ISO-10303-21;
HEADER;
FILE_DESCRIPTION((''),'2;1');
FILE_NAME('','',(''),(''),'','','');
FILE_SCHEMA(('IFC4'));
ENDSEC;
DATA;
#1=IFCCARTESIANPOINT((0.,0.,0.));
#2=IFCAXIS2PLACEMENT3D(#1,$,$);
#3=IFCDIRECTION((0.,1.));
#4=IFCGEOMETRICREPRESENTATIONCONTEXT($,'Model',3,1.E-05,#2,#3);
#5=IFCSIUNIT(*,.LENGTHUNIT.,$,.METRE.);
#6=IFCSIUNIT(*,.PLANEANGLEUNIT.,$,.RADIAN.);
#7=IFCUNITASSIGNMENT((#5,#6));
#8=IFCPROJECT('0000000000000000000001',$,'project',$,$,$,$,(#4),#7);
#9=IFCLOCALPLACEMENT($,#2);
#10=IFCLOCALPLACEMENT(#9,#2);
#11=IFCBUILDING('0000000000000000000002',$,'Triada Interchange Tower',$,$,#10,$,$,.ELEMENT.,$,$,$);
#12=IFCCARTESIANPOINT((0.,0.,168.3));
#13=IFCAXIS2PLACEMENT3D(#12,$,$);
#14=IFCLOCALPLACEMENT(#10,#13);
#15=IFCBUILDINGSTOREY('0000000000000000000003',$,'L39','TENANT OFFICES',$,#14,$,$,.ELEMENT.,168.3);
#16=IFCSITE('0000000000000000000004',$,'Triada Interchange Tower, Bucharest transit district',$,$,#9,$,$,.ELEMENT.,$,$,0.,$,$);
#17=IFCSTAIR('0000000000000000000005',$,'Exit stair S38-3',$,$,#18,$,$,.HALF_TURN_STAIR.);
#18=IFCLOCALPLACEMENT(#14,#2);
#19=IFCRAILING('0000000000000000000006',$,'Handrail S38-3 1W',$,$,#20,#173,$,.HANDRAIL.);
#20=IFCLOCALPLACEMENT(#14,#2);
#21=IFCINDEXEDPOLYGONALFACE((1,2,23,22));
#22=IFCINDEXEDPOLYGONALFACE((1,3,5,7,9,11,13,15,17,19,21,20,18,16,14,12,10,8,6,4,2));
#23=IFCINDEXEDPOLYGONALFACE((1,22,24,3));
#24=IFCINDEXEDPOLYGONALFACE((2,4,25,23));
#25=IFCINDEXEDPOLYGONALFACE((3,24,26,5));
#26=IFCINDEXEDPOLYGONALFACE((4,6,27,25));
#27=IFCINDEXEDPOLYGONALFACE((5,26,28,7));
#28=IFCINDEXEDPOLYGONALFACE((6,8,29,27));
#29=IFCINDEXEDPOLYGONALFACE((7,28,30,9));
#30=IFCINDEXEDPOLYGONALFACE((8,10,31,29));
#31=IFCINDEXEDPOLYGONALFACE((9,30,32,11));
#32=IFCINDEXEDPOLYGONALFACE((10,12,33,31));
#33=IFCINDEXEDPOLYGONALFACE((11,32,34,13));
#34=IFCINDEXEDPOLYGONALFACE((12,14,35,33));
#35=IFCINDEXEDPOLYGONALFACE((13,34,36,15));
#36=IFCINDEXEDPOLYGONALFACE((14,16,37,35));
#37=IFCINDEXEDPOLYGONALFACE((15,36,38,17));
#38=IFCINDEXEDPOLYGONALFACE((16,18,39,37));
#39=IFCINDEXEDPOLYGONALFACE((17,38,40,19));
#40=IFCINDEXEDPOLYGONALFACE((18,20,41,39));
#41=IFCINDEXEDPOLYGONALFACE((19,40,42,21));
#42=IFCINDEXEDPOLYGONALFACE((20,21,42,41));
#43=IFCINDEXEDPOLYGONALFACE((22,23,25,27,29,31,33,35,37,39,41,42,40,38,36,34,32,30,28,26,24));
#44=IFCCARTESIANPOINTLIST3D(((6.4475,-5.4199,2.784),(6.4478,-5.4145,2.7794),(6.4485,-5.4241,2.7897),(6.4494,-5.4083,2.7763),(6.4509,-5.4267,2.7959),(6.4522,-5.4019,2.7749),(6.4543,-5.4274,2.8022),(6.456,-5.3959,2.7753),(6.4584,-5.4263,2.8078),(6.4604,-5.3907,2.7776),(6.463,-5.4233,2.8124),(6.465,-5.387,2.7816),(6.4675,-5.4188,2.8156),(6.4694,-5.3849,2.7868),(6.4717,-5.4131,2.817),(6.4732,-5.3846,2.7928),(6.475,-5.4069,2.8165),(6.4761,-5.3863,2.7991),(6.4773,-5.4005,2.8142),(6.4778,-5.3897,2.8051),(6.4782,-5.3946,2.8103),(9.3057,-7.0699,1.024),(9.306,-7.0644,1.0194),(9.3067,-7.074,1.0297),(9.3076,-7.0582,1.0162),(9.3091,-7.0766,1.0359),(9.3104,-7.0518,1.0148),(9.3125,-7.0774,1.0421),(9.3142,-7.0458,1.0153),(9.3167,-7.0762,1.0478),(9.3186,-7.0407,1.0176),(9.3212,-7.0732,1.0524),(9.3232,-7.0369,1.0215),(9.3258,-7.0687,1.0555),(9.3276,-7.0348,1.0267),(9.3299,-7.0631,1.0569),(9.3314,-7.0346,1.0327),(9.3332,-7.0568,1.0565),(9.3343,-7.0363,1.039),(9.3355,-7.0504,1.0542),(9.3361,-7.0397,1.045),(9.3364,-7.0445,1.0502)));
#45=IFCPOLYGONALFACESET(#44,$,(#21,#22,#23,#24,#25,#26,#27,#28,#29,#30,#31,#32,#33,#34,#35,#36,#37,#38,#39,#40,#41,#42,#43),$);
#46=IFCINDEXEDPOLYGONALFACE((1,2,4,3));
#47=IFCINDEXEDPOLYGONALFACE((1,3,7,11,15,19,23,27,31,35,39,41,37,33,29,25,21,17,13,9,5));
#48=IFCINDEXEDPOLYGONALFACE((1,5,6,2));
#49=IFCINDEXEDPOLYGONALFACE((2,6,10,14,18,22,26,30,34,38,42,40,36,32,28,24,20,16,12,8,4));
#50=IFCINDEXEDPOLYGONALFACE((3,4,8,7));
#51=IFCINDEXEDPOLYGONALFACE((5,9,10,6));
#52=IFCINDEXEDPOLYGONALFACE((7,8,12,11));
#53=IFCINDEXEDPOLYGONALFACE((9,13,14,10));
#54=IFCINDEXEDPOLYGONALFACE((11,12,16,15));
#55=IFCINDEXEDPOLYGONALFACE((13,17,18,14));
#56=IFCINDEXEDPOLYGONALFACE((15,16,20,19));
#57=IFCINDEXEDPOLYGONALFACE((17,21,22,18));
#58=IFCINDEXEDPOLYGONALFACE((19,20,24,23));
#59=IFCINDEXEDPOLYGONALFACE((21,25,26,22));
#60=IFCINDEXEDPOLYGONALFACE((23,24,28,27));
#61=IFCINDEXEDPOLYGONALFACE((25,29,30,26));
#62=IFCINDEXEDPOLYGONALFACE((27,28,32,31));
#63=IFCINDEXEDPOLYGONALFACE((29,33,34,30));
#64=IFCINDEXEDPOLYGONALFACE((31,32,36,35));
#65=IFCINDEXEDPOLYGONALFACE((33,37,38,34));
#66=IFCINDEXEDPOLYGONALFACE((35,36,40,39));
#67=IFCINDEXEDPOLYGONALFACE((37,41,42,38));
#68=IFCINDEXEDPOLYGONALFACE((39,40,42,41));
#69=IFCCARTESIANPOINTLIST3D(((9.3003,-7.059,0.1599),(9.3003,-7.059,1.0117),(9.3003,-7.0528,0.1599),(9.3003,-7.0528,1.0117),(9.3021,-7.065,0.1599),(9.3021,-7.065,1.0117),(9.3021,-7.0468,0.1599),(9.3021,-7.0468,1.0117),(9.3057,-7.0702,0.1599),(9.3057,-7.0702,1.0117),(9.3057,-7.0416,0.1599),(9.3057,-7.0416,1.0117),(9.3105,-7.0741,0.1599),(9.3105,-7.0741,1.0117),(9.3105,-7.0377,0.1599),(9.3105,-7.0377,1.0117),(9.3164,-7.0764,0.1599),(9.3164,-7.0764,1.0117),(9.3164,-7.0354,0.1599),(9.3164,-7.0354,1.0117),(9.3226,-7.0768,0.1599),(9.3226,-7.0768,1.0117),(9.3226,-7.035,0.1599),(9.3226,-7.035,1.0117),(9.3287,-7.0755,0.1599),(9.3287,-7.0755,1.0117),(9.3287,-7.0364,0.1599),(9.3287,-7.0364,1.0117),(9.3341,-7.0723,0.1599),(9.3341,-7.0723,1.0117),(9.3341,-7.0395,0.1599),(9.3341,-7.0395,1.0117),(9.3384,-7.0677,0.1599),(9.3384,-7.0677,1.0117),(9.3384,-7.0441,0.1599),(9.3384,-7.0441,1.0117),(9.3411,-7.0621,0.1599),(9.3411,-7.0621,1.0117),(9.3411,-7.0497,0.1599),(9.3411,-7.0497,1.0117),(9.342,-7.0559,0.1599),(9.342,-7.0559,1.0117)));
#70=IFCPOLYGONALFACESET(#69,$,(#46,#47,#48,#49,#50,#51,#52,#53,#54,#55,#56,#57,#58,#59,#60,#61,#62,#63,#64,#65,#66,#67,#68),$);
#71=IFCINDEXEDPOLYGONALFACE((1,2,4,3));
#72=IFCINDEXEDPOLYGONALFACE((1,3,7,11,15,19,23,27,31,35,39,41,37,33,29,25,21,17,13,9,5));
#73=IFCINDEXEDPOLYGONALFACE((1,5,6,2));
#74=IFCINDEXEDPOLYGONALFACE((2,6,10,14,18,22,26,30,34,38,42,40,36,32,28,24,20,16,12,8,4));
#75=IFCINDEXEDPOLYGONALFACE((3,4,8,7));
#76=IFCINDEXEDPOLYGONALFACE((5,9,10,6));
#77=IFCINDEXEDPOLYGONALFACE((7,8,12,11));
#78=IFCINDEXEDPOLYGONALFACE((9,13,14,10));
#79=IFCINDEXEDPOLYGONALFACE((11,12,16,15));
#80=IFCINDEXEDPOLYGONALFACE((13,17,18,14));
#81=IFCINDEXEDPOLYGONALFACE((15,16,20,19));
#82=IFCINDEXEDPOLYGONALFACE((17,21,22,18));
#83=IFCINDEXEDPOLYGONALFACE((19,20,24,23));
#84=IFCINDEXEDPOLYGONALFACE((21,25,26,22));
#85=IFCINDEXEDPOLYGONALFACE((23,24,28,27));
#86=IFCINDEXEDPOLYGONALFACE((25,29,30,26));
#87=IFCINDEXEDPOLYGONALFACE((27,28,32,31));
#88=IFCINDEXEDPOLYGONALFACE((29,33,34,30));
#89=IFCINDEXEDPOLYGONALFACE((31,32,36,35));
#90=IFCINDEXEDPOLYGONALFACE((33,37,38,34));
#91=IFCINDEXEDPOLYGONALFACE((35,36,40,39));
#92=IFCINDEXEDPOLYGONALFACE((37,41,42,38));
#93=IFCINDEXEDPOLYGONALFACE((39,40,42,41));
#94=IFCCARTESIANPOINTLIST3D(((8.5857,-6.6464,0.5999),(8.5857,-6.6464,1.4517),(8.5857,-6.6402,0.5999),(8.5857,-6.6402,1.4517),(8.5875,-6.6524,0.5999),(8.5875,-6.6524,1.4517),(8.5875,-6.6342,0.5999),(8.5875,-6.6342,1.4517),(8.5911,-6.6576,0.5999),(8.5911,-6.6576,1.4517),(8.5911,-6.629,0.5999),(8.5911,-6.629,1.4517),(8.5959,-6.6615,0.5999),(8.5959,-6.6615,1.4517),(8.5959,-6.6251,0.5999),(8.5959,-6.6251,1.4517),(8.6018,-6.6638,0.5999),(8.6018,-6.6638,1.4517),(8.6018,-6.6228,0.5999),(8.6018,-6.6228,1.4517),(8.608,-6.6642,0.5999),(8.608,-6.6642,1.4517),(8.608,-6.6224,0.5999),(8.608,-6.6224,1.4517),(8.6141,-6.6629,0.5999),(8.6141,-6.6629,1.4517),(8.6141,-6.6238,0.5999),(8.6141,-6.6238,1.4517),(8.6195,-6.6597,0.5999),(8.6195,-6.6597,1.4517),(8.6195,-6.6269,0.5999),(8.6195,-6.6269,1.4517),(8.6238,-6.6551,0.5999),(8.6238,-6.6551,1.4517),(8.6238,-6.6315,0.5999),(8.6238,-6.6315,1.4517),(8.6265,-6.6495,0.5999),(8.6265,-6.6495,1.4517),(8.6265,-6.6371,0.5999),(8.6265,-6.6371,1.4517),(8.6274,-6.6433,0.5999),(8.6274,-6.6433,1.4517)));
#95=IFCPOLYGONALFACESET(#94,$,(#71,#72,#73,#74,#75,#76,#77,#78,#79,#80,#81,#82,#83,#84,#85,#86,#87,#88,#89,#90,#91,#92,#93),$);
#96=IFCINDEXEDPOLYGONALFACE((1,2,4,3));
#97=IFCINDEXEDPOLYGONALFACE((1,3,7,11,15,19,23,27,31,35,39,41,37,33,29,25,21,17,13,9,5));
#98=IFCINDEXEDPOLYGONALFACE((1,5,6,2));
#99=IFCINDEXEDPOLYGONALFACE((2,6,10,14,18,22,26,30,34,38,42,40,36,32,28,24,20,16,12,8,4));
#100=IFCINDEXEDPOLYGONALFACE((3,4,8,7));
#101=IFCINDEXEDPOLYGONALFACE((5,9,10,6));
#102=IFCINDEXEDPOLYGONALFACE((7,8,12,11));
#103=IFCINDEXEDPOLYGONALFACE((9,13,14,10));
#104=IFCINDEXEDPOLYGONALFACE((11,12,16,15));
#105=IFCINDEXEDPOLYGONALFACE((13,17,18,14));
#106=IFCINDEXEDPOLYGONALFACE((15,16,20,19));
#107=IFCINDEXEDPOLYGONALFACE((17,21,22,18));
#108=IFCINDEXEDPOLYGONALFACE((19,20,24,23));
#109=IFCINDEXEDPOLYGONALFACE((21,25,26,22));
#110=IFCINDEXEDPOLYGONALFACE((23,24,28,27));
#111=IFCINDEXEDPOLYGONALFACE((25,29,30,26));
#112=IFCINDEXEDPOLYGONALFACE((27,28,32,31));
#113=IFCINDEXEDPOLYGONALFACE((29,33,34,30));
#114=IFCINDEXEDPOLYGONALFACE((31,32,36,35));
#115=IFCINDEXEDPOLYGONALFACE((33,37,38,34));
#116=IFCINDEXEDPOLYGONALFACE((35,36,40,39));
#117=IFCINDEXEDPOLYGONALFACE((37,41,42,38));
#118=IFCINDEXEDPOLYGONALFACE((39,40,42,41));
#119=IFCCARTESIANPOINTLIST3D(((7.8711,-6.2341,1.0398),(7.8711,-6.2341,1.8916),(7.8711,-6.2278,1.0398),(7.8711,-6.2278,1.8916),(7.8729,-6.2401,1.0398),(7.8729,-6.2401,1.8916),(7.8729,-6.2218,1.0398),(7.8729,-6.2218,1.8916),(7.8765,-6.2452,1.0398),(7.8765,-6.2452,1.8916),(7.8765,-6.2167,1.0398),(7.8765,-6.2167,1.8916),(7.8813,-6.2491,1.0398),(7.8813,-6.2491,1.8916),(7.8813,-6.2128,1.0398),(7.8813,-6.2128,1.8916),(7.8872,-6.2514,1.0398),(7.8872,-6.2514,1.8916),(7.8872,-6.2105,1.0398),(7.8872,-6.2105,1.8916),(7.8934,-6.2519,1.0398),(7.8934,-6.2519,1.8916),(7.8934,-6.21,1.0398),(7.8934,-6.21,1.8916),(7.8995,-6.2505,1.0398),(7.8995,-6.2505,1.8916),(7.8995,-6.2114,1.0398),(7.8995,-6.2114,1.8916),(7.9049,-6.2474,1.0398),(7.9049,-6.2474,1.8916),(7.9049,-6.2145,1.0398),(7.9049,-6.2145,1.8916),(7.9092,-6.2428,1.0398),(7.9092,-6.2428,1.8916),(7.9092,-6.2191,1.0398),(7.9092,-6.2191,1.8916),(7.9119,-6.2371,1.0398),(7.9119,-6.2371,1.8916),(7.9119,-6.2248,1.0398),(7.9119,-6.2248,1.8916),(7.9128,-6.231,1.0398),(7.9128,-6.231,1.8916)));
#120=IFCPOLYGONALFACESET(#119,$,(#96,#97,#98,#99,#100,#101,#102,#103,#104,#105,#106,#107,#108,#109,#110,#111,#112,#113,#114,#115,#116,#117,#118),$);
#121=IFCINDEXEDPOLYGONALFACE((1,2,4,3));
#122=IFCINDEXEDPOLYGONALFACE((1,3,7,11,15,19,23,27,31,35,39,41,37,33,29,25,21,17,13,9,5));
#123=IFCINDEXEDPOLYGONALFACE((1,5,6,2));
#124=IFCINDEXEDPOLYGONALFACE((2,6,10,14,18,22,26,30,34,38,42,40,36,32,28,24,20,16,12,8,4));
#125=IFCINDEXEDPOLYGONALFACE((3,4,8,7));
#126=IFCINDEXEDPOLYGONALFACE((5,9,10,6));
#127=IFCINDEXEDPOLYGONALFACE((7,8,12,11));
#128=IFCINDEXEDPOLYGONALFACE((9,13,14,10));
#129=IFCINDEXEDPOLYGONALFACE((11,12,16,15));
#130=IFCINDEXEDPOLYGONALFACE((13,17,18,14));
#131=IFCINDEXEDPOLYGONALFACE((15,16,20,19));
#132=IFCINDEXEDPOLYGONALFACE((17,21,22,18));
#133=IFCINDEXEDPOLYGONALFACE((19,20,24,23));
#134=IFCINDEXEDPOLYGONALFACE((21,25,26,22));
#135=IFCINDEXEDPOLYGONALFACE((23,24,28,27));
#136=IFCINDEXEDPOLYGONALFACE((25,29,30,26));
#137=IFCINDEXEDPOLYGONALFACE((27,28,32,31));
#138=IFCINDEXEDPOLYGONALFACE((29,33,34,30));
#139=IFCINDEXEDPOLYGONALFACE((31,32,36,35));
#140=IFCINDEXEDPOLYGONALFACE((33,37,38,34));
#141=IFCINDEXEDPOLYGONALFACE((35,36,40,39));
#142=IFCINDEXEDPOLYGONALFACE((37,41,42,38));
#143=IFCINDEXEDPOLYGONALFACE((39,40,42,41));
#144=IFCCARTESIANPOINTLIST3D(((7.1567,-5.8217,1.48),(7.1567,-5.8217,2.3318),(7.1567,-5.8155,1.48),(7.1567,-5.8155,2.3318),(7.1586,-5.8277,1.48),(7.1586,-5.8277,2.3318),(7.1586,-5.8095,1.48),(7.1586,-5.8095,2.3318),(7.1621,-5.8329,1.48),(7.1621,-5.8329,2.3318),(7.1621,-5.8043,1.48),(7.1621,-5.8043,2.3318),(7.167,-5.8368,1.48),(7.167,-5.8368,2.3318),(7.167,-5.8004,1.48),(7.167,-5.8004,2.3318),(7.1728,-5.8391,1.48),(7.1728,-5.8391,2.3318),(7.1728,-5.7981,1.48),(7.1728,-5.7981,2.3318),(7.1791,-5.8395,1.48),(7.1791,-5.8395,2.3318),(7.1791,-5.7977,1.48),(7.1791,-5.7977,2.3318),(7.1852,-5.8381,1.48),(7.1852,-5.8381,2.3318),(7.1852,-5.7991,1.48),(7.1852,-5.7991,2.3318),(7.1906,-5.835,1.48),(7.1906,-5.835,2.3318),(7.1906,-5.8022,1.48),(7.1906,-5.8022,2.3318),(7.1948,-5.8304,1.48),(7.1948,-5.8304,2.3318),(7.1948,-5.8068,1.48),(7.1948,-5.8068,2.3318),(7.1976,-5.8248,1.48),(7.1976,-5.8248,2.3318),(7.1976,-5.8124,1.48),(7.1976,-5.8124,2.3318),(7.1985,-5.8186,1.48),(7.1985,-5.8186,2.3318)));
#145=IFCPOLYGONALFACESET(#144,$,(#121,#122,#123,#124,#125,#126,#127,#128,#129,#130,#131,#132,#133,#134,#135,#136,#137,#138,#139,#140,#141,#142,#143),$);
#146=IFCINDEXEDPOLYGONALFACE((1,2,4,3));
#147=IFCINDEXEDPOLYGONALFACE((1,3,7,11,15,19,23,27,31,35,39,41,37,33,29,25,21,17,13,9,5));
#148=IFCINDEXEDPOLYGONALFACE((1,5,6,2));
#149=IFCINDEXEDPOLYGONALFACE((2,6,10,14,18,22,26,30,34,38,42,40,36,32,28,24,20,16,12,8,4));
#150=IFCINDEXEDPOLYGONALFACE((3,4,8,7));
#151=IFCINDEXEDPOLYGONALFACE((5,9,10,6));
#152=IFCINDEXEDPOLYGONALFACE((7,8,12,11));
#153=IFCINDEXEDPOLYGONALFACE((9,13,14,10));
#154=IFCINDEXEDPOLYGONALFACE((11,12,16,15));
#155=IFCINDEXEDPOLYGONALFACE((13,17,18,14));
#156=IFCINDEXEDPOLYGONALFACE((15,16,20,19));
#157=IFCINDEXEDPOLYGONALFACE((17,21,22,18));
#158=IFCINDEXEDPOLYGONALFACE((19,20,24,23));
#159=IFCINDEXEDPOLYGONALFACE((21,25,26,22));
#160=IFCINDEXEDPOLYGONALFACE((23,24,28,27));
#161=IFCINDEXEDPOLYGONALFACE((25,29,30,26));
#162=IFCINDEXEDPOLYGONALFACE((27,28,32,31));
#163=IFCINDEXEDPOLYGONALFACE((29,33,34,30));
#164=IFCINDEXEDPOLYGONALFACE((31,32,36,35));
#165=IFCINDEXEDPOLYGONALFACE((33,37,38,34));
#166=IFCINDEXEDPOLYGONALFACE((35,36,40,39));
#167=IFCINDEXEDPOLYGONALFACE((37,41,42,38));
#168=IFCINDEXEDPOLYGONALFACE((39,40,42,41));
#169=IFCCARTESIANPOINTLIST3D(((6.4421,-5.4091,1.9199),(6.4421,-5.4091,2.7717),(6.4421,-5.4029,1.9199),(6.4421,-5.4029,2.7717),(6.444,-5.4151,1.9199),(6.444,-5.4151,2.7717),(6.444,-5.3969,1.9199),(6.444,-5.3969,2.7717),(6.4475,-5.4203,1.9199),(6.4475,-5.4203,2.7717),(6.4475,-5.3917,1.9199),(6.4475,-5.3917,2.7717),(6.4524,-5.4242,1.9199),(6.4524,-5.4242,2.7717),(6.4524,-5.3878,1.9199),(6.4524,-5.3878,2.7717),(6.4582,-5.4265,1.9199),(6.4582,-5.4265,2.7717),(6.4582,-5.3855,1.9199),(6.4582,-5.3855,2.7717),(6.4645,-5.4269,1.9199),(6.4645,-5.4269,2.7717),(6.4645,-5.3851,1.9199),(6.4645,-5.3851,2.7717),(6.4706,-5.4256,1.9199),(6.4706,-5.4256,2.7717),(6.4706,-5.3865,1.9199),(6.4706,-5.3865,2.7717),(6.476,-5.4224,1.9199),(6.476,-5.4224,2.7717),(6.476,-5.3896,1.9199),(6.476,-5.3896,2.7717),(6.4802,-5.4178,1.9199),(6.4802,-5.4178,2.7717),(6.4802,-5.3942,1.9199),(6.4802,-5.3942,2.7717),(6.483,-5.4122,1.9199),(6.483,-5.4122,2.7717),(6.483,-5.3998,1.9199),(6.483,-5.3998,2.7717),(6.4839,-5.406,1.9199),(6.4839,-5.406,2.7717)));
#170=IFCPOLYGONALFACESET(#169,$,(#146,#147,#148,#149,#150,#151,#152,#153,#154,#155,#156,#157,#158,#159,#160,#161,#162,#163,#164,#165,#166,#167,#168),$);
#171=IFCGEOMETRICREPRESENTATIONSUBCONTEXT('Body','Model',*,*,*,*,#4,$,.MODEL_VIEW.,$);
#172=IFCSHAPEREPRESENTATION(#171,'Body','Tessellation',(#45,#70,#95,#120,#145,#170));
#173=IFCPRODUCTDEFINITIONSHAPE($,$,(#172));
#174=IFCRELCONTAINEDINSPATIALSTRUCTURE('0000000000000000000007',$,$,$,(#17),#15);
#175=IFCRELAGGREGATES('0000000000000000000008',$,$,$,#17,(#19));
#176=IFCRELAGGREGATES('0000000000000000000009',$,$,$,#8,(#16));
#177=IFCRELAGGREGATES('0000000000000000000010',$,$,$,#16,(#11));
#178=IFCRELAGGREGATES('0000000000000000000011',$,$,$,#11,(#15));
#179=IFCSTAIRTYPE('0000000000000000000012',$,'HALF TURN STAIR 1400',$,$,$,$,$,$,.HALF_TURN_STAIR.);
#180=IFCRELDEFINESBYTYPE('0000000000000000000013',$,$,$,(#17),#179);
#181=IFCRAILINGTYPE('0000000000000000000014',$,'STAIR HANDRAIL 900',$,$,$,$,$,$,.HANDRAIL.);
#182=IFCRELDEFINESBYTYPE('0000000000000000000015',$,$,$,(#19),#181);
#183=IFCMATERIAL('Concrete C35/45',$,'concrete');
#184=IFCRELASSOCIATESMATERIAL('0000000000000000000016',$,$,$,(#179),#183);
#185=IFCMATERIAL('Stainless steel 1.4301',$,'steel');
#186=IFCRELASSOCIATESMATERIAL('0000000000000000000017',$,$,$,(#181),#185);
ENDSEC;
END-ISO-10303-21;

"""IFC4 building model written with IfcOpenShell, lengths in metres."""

from ifc_helpers import new_model, si_unit, direction, frame, origin, origin_2d, place, context, subcontext, project, spatial, circle, extrude, material, type_object, element, aggregate, save


model = new_model("IFC4")

# Units and contexts
model_context = context("Model", 3, precision=1e-05, world=origin(), true_north=direction((0.0, 1.0)))
body_context = subcontext(model_context, "Body", "Model", "MODEL_VIEW")
ifc_project = project(units=[si_unit("LENGTHUNIT", "METRE"), si_unit("PLANEANGLEUNIT", "RADIAN")], contexts=[model_context])

# Site, building, storey
site_placement = place(None, origin())
site = spatial("IfcSite", under=ifc_project, at=site_placement, Name="Triada Interchange Tower, Bucharest transit district", CompositionType="ELEMENT", RefElevation=0.0)
building_placement = place(site_placement, origin())
building = spatial("IfcBuilding", under=site, at=building_placement, Name="Triada Interchange Tower", CompositionType="ELEMENT")
storey_placement = place(building_placement, frame((0.0, 0.0, 168.3)))
storey = spatial("IfcBuildingStorey", under=building, at=storey_placement, Name="L39", Description="TENANT OFFICES", CompositionType="ELEMENT", Elevation=168.3)

# Stair, railing
ifc_material_1 = material(Name="Concrete C35/45", Category="concrete")
stair_type = type_object("IfcStairType", Name="HALF TURN STAIR 1400", PredefinedType="HALF_TURN_STAIR", material=ifc_material_1)
stair_placement = place(storey_placement, origin())
stair = element("IfcStair", 1, at=stair_placement, inside=storey, type_object=stair_type, Name="Exit stair S38-3", PredefinedType="HALF_TURN_STAIR")
ifc_material_2 = material(Name="Stainless steel 1.4301", Category="steel")
railing_type = type_object("IfcRailingType", Name="STAIR HANDRAIL 900", PredefinedType="HANDRAIL", material=ifc_material_2)
railing_1_placement = place(storey_placement, frame((9.321, -7.0559, 0.1599)))
railing_1 = element("IfcRailing", 2, at=railing_1_placement, type_object=railing_type, Name="Handrail S38-3 1W", PredefinedType="HANDRAIL", context=body_context, shape_type="SweptSolid", body=[
    extrude(circle(Radius=0.0239, at=origin_2d()), frame((0.0, 0.0, 0.876), z_axis=(-0.764178, 0.441131, 0.47057), x_axis=(-0.499942, -0.866059, 0.0)), (0.0, 0.0, 1.0), 3.7402),
    extrude(circle(Radius=0.021, at=origin_2d()), origin(), (0.0, 0.0, 1.0), 0.8518),
    extrude(circle(Radius=0.021, at=origin_2d()), frame((-0.7146, 0.4126, 0.4399)), (0.0, 0.0, 1.0), 0.8518),
    extrude(circle(Radius=0.021, at=origin_2d()), frame((-1.4292, 0.825, 0.8799)), (0.0, 0.0, 1.0), 0.8518),
    extrude(circle(Radius=0.021, at=origin_2d()), frame((-2.1436, 1.2373, 1.3201)), (0.0, 0.0, 1.0), 0.8518),
    extrude(circle(Radius=0.021, at=origin_2d()), frame((-2.8582, 1.6499, 1.76)), (0.0, 0.0, 1.0), 0.8518),
])
aggregate(stair, [railing_1])

save(model, "model.ifc")
